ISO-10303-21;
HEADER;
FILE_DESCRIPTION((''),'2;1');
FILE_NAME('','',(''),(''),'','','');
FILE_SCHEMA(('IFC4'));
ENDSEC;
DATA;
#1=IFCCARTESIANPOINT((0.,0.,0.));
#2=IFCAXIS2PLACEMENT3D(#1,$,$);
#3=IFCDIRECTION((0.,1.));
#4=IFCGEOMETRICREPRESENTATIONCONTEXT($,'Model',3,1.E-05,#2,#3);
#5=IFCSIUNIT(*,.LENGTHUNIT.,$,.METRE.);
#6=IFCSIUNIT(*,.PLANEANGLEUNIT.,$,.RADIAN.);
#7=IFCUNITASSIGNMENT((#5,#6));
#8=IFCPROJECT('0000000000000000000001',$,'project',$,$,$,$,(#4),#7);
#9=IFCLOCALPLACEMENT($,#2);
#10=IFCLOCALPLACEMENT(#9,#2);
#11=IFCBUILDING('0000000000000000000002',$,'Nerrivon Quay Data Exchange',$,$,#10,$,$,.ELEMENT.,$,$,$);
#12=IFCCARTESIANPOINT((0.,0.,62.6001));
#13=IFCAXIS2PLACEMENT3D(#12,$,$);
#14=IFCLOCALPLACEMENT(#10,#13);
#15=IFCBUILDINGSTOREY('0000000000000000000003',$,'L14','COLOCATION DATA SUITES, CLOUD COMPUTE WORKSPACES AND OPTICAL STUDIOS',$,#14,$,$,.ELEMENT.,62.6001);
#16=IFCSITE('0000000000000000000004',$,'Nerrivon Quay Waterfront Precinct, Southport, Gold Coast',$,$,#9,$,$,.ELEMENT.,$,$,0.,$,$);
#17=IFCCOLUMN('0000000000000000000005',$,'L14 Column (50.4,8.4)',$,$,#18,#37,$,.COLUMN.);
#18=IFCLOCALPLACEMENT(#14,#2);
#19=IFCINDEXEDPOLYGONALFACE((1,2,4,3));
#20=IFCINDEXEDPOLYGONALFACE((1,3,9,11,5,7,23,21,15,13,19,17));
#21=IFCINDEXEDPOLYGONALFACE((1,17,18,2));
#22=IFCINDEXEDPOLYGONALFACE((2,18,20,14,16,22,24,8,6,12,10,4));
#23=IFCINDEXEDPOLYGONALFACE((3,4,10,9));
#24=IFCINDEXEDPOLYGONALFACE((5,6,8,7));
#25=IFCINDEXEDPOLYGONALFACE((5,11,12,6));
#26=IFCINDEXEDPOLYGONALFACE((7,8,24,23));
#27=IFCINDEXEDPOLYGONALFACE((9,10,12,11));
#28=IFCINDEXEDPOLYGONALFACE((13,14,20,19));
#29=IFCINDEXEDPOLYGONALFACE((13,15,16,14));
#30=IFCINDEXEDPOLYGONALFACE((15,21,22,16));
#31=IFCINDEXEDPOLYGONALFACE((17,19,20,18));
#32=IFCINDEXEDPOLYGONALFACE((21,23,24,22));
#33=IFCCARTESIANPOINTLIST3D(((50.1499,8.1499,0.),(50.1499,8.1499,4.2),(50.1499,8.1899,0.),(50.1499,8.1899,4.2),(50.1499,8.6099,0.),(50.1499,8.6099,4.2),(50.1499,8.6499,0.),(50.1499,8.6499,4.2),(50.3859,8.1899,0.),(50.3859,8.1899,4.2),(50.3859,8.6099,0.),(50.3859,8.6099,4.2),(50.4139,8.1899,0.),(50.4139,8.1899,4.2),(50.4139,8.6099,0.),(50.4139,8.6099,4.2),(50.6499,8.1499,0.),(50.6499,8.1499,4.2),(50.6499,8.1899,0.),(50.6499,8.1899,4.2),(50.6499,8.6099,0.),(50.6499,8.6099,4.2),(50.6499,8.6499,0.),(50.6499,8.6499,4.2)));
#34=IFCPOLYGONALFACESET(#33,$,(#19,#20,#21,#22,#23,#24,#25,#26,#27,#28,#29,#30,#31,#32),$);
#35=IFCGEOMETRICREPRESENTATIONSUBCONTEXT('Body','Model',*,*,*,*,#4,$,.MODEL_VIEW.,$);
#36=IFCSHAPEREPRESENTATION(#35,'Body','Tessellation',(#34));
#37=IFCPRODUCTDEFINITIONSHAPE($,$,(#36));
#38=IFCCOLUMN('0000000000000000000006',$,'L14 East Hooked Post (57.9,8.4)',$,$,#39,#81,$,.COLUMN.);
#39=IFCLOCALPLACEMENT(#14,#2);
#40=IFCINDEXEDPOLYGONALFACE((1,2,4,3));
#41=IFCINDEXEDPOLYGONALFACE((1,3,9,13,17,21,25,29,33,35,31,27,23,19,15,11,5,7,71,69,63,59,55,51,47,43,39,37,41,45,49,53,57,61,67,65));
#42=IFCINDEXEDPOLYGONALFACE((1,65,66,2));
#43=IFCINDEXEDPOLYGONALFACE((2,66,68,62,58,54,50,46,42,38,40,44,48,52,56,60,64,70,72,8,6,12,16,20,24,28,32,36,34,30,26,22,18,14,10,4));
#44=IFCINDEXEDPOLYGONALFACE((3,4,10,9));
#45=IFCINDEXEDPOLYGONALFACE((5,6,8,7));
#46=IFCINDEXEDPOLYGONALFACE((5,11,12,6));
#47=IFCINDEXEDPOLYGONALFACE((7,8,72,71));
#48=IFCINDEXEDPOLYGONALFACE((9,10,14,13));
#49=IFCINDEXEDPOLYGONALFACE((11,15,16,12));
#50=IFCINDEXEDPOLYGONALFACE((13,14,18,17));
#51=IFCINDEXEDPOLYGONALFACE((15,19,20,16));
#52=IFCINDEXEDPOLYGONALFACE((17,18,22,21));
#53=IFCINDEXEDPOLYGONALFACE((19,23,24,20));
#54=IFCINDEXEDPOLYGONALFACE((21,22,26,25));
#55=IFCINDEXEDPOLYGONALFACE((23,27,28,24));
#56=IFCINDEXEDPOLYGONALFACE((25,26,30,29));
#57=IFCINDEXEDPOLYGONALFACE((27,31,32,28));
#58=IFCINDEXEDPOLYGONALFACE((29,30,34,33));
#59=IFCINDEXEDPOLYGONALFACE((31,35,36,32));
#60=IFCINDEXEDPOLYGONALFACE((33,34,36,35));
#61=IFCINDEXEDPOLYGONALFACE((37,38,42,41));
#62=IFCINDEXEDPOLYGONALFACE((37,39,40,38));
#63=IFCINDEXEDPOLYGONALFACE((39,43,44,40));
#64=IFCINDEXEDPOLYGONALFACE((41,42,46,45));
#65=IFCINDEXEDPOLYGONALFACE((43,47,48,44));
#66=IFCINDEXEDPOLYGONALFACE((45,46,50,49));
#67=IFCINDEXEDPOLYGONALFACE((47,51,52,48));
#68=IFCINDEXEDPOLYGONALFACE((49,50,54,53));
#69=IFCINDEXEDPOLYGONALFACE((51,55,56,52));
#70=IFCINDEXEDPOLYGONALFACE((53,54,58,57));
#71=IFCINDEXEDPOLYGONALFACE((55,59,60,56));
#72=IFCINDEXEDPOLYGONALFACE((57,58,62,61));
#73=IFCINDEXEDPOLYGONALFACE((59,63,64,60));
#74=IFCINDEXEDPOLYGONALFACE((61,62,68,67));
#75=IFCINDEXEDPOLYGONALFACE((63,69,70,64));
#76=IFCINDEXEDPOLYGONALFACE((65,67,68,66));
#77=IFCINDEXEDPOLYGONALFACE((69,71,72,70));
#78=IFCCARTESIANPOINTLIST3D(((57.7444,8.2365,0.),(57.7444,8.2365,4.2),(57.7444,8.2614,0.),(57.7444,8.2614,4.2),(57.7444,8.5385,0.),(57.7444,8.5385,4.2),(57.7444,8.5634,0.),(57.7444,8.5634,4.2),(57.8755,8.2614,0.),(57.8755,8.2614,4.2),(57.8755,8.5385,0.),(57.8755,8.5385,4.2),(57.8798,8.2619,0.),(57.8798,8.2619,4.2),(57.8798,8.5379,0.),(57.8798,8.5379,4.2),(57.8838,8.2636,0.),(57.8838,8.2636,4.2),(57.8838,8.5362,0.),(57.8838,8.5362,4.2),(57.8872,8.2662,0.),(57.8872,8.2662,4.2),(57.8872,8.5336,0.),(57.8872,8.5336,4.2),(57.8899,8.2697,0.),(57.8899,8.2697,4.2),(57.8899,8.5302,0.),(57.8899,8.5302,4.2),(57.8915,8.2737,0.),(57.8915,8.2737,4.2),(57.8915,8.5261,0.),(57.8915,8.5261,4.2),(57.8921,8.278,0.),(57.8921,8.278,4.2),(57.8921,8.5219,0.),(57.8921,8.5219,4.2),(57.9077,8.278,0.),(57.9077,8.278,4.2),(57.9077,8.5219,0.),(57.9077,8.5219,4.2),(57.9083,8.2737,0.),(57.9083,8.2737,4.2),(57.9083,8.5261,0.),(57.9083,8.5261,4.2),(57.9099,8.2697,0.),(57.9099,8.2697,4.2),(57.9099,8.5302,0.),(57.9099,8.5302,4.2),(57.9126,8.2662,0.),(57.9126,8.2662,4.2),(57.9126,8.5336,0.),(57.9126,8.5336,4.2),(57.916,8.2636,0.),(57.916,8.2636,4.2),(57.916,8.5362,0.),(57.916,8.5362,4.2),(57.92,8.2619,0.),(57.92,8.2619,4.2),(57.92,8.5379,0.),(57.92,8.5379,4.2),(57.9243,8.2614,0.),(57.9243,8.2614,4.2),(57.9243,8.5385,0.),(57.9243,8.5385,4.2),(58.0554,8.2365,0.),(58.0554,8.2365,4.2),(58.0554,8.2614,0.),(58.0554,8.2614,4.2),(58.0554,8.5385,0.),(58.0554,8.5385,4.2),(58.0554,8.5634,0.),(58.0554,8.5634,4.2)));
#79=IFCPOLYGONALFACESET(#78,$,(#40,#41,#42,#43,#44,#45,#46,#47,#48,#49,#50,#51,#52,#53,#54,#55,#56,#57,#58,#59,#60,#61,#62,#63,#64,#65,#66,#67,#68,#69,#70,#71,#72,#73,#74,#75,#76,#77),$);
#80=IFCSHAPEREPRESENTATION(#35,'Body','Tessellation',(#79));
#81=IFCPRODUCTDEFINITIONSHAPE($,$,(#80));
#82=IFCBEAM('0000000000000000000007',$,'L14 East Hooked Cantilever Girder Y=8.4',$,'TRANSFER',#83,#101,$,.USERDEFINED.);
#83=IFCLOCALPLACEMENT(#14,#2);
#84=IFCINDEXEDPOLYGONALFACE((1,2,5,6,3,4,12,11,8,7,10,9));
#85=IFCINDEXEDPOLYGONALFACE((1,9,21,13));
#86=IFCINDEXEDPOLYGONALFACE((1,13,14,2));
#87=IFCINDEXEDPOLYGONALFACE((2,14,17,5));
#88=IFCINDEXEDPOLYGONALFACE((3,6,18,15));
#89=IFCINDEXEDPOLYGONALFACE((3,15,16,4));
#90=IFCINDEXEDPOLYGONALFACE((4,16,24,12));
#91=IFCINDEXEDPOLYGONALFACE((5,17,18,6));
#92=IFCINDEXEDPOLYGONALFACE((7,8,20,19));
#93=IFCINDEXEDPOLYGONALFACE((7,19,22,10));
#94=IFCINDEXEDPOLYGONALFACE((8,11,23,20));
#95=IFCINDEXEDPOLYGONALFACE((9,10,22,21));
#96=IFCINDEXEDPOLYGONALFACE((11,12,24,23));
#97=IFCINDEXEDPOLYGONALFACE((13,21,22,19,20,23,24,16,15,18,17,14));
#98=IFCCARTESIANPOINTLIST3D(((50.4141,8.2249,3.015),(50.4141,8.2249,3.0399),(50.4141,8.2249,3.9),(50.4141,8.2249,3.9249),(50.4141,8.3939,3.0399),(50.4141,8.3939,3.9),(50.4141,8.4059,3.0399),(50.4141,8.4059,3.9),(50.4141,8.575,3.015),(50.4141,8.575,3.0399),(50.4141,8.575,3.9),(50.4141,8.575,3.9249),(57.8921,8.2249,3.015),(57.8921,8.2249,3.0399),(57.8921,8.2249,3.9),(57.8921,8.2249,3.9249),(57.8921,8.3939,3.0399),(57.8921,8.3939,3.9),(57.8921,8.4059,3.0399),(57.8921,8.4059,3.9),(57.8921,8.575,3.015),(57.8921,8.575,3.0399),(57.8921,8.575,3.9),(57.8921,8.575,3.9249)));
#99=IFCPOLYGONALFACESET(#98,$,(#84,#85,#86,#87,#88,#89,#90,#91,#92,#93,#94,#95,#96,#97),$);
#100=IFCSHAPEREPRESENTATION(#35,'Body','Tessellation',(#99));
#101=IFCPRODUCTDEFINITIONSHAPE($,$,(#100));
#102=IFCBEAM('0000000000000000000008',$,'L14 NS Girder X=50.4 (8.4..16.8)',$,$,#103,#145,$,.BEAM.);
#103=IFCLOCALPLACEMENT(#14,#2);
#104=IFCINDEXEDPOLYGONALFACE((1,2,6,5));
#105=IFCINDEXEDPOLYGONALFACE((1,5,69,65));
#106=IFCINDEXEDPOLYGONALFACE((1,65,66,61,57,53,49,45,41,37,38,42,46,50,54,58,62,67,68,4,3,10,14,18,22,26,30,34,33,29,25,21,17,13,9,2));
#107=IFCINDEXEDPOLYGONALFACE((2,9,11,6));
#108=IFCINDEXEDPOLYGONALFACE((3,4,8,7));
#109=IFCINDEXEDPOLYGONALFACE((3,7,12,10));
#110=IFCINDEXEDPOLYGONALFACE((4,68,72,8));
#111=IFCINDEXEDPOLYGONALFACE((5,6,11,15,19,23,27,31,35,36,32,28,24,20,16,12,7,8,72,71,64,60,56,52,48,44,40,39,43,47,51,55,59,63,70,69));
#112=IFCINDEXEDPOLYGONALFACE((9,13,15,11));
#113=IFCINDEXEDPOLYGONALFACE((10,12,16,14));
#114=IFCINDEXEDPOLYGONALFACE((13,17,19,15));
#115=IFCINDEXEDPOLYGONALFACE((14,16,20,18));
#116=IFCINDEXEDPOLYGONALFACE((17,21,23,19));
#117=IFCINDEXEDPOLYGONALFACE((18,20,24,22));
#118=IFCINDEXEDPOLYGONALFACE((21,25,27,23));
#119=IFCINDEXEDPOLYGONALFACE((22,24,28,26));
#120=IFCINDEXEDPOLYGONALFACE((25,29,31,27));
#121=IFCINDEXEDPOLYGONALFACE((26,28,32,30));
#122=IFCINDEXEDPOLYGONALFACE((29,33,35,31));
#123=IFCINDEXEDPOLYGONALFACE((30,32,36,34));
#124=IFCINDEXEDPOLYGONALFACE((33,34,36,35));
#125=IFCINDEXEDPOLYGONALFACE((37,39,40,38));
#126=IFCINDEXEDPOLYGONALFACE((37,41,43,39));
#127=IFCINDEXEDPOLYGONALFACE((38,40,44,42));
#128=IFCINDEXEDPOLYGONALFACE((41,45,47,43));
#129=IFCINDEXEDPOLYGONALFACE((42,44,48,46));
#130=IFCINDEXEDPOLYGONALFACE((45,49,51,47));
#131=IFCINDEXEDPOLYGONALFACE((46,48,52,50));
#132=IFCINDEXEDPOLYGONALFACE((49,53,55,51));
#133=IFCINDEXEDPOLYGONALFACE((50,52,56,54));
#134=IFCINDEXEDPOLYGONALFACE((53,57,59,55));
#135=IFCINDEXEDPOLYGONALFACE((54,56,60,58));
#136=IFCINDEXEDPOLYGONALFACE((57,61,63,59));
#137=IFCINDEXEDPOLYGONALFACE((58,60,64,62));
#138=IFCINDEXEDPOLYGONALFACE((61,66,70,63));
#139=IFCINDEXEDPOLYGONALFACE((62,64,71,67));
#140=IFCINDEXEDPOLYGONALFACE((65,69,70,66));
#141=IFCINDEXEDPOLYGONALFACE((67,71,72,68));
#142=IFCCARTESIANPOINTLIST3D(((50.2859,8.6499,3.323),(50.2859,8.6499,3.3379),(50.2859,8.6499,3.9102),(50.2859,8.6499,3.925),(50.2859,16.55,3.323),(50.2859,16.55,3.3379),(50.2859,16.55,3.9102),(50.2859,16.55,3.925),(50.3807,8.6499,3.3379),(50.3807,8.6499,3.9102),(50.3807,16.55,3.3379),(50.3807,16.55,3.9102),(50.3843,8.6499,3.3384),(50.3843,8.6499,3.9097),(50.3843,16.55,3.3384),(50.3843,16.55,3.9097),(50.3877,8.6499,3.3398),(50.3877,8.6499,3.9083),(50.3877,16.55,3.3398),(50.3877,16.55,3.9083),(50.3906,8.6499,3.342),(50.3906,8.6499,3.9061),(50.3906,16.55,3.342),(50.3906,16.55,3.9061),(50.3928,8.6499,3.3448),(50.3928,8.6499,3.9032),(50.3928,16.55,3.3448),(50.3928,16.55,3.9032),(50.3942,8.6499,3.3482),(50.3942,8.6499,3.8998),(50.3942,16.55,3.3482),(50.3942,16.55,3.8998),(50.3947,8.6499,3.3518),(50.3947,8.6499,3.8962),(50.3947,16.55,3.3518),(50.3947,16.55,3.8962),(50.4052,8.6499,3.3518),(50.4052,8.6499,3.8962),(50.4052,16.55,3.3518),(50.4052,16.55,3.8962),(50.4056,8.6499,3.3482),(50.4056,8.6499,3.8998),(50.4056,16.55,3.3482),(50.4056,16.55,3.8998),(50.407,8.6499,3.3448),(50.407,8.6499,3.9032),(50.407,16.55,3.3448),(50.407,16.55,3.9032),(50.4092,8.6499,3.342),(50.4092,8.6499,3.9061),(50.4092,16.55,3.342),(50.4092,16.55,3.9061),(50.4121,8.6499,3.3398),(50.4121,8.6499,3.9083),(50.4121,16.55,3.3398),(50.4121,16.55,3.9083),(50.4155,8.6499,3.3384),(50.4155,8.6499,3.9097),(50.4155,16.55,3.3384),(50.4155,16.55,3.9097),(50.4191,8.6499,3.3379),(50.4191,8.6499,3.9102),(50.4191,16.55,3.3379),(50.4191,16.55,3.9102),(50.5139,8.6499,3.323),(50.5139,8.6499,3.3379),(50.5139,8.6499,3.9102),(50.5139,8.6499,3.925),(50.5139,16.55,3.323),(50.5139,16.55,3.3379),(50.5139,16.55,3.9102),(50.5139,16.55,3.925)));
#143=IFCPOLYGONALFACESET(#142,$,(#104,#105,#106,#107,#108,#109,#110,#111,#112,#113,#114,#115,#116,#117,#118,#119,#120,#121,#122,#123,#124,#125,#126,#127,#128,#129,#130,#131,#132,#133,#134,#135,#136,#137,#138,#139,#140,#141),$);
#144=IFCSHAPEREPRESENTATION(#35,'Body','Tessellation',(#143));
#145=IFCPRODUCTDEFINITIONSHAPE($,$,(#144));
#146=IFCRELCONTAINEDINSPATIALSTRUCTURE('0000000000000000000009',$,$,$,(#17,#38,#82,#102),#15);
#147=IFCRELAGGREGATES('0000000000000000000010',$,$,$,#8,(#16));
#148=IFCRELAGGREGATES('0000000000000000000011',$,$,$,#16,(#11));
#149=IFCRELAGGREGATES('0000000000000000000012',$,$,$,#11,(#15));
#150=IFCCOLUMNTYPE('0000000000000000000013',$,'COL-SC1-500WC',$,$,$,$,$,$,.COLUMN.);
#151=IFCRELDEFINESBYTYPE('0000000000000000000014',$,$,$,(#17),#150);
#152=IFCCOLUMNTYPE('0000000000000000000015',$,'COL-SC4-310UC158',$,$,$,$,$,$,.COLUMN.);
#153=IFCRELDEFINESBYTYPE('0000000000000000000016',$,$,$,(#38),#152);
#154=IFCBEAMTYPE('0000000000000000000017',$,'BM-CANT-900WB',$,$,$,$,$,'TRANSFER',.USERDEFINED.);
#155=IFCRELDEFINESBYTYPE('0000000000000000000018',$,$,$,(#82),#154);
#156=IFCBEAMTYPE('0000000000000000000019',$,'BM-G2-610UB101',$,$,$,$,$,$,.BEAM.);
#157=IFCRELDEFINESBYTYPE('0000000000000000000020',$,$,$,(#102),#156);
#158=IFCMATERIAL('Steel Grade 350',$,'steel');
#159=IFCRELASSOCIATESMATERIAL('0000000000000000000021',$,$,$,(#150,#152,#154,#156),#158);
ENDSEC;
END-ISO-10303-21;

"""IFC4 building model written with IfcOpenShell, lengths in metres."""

from ifc_helpers import new_model, si_unit, direction, frame, origin, origin_2d, place, context, subcontext, project, spatial, i_section, extrude, material, material_profile, profile_set, type_object, element, save


model = new_model("IFC4")

# Units and contexts
model_context = context("Model", 3, precision=1e-05, world=origin(), true_north=direction((0.0, 1.0)))
body_context = subcontext(model_context, "Body", "Model", "MODEL_VIEW")
ifc_project = project(units=[si_unit("LENGTHUNIT", "METRE"), si_unit("PLANEANGLEUNIT", "RADIAN")], contexts=[model_context])

# Site, building, storey
site_placement = place(None, origin())
site = spatial("IfcSite", under=ifc_project, at=site_placement, Name="Nerrivon Quay Waterfront Precinct, Southport, Gold Coast", CompositionType="ELEMENT", RefElevation=0.0)
building_placement = place(site_placement, origin())
building = spatial("IfcBuilding", under=site, at=building_placement, Name="Nerrivon Quay Data Exchange", CompositionType="ELEMENT")
storey_placement = place(building_placement, frame((0.0, 0.0, 62.6001)))
storey = spatial("IfcBuildingStorey", under=building, at=storey_placement, Name="L14", Description="COLOCATION DATA SUITES, CLOUD COMPUTE WORKSPACES AND OPTICAL STUDIOS", CompositionType="ELEMENT", Elevation=62.6001)

# Columns
ifc_material_1 = material(Name="Steel Grade 350", Category="steel")
ifc_material_profile_1 = material_profile(ifc_material_1, i_section(OverallWidth=0.5, OverallDepth=0.5, WebThickness=0.0281, FlangeThickness=0.04, at=origin_2d()), Name="500WC440")
ifc_profile_set_1 = profile_set([ifc_material_profile_1], Name="Steel Grade 350")
column_type_1 = type_object("IfcColumnType", Name="COL-SC1-500WC", PredefinedType="COLUMN", material=ifc_profile_set_1)
column_1_placement = place(storey_placement, frame((50.3999, 8.3999, 0.0), z_axis=(0.0, 0.0, 1.0), x_axis=(1.0, 0.0, 0.0)))
element("IfcColumn", 1, at=column_1_placement, inside=storey, type_object=column_type_1, Name="L14 Column (50.4,8.4)", PredefinedType="COLUMN", context=body_context, shape_type="SweptSolid", body=[
    extrude(i_section(OverallWidth=0.5, OverallDepth=0.5, WebThickness=0.0281, FlangeThickness=0.04, at=origin_2d()), origin(), (0.0, 0.0, 1.0), 4.2),
])
ifc_material_profile_2 = material_profile(ifc_material_1, i_section(OverallWidth=0.311, OverallDepth=0.3269, WebThickness=0.0156, FlangeThickness=0.0249, FilletRadius=0.0166, at=origin_2d()), Name="310UC158")
ifc_profile_set_2 = profile_set([ifc_material_profile_2], Name="Steel Grade 350")
column_type_2 = type_object("IfcColumnType", Name="COL-SC4-310UC158", PredefinedType="COLUMN", material=ifc_profile_set_2)
column_2_placement = place(storey_placement, frame((57.8999, 8.3999, 0.0), z_axis=(0.0, 0.0, 1.0), x_axis=(1.0, 0.0, 0.0)))
element("IfcColumn", 2, at=column_2_placement, inside=storey, type_object=column_type_2, Name="L14 East Hooked Post (57.9,8.4)", PredefinedType="COLUMN", context=body_context, shape_type="SweptSolid", body=[
    extrude(i_section(OverallWidth=0.311, OverallDepth=0.3269, WebThickness=0.0156, FlangeThickness=0.0249, FilletRadius=0.0166, at=origin_2d()), origin(), (0.0, 0.0, 1.0), 4.2),
])

# Beams
ifc_material_profile_3 = material_profile(ifc_material_1, i_section(OverallWidth=0.3501, OverallDepth=0.9099, WebThickness=0.012, FlangeThickness=0.0249, at=origin_2d()), Name="900WB218")
ifc_profile_set_3 = profile_set([ifc_material_profile_3], Name="Steel Grade 350")
beam_type_1 = type_object("IfcBeamType", Name="BM-CANT-900WB", ElementType="TRANSFER", PredefinedType="USERDEFINED", material=ifc_profile_set_3)
beam_1_placement = place(storey_placement, frame((50.4141, 8.3999, 3.47), z_axis=(1.0, 0.0, 0.0), x_axis=(0.0, 1.0, 0.0)))
element("IfcBeam", 3, at=beam_1_placement, inside=storey, type_object=beam_type_1, Name="L14 East Hooked Cantilever Girder Y=8.4", ObjectType="TRANSFER", PredefinedType="USERDEFINED", context=body_context, shape_type="SweptSolid", body=[
    extrude(i_section(OverallWidth=0.3501, OverallDepth=0.9099, WebThickness=0.012, FlangeThickness=0.0249, at=origin_2d()), origin(), (0.0, 0.0, 1.0), 7.478),
])
ifc_material_profile_4 = material_profile(ifc_material_1, i_section(OverallWidth=0.228, OverallDepth=0.6021, WebThickness=0.0105, FlangeThickness=0.0149, FilletRadius=0.0139, at=origin_2d()), Name="610UB101")
ifc_profile_set_4 = profile_set([ifc_material_profile_4], Name="Steel Grade 350")
beam_type_2 = type_object("IfcBeamType", Name="BM-G2-610UB101", PredefinedType="BEAM", material=ifc_profile_set_4)
beam_2_placement = place(storey_placement, frame((50.3999, 8.6499, 3.624), z_axis=(0.0, 1.0, 0.0), x_axis=(-1.0, 0.0, 0.0)))
element("IfcBeam", 4, at=beam_2_placement, inside=storey, type_object=beam_type_2, Name="L14 NS Girder X=50.4 (8.4..16.8)", PredefinedType="BEAM", context=body_context, shape_type="SweptSolid", body=[
    extrude(i_section(OverallWidth=0.228, OverallDepth=0.6021, WebThickness=0.0105, FlangeThickness=0.0149, FilletRadius=0.0139, at=origin_2d()), origin(), (0.0, 0.0, 1.0), 7.9001),
])

save(model, "model.ifc")
